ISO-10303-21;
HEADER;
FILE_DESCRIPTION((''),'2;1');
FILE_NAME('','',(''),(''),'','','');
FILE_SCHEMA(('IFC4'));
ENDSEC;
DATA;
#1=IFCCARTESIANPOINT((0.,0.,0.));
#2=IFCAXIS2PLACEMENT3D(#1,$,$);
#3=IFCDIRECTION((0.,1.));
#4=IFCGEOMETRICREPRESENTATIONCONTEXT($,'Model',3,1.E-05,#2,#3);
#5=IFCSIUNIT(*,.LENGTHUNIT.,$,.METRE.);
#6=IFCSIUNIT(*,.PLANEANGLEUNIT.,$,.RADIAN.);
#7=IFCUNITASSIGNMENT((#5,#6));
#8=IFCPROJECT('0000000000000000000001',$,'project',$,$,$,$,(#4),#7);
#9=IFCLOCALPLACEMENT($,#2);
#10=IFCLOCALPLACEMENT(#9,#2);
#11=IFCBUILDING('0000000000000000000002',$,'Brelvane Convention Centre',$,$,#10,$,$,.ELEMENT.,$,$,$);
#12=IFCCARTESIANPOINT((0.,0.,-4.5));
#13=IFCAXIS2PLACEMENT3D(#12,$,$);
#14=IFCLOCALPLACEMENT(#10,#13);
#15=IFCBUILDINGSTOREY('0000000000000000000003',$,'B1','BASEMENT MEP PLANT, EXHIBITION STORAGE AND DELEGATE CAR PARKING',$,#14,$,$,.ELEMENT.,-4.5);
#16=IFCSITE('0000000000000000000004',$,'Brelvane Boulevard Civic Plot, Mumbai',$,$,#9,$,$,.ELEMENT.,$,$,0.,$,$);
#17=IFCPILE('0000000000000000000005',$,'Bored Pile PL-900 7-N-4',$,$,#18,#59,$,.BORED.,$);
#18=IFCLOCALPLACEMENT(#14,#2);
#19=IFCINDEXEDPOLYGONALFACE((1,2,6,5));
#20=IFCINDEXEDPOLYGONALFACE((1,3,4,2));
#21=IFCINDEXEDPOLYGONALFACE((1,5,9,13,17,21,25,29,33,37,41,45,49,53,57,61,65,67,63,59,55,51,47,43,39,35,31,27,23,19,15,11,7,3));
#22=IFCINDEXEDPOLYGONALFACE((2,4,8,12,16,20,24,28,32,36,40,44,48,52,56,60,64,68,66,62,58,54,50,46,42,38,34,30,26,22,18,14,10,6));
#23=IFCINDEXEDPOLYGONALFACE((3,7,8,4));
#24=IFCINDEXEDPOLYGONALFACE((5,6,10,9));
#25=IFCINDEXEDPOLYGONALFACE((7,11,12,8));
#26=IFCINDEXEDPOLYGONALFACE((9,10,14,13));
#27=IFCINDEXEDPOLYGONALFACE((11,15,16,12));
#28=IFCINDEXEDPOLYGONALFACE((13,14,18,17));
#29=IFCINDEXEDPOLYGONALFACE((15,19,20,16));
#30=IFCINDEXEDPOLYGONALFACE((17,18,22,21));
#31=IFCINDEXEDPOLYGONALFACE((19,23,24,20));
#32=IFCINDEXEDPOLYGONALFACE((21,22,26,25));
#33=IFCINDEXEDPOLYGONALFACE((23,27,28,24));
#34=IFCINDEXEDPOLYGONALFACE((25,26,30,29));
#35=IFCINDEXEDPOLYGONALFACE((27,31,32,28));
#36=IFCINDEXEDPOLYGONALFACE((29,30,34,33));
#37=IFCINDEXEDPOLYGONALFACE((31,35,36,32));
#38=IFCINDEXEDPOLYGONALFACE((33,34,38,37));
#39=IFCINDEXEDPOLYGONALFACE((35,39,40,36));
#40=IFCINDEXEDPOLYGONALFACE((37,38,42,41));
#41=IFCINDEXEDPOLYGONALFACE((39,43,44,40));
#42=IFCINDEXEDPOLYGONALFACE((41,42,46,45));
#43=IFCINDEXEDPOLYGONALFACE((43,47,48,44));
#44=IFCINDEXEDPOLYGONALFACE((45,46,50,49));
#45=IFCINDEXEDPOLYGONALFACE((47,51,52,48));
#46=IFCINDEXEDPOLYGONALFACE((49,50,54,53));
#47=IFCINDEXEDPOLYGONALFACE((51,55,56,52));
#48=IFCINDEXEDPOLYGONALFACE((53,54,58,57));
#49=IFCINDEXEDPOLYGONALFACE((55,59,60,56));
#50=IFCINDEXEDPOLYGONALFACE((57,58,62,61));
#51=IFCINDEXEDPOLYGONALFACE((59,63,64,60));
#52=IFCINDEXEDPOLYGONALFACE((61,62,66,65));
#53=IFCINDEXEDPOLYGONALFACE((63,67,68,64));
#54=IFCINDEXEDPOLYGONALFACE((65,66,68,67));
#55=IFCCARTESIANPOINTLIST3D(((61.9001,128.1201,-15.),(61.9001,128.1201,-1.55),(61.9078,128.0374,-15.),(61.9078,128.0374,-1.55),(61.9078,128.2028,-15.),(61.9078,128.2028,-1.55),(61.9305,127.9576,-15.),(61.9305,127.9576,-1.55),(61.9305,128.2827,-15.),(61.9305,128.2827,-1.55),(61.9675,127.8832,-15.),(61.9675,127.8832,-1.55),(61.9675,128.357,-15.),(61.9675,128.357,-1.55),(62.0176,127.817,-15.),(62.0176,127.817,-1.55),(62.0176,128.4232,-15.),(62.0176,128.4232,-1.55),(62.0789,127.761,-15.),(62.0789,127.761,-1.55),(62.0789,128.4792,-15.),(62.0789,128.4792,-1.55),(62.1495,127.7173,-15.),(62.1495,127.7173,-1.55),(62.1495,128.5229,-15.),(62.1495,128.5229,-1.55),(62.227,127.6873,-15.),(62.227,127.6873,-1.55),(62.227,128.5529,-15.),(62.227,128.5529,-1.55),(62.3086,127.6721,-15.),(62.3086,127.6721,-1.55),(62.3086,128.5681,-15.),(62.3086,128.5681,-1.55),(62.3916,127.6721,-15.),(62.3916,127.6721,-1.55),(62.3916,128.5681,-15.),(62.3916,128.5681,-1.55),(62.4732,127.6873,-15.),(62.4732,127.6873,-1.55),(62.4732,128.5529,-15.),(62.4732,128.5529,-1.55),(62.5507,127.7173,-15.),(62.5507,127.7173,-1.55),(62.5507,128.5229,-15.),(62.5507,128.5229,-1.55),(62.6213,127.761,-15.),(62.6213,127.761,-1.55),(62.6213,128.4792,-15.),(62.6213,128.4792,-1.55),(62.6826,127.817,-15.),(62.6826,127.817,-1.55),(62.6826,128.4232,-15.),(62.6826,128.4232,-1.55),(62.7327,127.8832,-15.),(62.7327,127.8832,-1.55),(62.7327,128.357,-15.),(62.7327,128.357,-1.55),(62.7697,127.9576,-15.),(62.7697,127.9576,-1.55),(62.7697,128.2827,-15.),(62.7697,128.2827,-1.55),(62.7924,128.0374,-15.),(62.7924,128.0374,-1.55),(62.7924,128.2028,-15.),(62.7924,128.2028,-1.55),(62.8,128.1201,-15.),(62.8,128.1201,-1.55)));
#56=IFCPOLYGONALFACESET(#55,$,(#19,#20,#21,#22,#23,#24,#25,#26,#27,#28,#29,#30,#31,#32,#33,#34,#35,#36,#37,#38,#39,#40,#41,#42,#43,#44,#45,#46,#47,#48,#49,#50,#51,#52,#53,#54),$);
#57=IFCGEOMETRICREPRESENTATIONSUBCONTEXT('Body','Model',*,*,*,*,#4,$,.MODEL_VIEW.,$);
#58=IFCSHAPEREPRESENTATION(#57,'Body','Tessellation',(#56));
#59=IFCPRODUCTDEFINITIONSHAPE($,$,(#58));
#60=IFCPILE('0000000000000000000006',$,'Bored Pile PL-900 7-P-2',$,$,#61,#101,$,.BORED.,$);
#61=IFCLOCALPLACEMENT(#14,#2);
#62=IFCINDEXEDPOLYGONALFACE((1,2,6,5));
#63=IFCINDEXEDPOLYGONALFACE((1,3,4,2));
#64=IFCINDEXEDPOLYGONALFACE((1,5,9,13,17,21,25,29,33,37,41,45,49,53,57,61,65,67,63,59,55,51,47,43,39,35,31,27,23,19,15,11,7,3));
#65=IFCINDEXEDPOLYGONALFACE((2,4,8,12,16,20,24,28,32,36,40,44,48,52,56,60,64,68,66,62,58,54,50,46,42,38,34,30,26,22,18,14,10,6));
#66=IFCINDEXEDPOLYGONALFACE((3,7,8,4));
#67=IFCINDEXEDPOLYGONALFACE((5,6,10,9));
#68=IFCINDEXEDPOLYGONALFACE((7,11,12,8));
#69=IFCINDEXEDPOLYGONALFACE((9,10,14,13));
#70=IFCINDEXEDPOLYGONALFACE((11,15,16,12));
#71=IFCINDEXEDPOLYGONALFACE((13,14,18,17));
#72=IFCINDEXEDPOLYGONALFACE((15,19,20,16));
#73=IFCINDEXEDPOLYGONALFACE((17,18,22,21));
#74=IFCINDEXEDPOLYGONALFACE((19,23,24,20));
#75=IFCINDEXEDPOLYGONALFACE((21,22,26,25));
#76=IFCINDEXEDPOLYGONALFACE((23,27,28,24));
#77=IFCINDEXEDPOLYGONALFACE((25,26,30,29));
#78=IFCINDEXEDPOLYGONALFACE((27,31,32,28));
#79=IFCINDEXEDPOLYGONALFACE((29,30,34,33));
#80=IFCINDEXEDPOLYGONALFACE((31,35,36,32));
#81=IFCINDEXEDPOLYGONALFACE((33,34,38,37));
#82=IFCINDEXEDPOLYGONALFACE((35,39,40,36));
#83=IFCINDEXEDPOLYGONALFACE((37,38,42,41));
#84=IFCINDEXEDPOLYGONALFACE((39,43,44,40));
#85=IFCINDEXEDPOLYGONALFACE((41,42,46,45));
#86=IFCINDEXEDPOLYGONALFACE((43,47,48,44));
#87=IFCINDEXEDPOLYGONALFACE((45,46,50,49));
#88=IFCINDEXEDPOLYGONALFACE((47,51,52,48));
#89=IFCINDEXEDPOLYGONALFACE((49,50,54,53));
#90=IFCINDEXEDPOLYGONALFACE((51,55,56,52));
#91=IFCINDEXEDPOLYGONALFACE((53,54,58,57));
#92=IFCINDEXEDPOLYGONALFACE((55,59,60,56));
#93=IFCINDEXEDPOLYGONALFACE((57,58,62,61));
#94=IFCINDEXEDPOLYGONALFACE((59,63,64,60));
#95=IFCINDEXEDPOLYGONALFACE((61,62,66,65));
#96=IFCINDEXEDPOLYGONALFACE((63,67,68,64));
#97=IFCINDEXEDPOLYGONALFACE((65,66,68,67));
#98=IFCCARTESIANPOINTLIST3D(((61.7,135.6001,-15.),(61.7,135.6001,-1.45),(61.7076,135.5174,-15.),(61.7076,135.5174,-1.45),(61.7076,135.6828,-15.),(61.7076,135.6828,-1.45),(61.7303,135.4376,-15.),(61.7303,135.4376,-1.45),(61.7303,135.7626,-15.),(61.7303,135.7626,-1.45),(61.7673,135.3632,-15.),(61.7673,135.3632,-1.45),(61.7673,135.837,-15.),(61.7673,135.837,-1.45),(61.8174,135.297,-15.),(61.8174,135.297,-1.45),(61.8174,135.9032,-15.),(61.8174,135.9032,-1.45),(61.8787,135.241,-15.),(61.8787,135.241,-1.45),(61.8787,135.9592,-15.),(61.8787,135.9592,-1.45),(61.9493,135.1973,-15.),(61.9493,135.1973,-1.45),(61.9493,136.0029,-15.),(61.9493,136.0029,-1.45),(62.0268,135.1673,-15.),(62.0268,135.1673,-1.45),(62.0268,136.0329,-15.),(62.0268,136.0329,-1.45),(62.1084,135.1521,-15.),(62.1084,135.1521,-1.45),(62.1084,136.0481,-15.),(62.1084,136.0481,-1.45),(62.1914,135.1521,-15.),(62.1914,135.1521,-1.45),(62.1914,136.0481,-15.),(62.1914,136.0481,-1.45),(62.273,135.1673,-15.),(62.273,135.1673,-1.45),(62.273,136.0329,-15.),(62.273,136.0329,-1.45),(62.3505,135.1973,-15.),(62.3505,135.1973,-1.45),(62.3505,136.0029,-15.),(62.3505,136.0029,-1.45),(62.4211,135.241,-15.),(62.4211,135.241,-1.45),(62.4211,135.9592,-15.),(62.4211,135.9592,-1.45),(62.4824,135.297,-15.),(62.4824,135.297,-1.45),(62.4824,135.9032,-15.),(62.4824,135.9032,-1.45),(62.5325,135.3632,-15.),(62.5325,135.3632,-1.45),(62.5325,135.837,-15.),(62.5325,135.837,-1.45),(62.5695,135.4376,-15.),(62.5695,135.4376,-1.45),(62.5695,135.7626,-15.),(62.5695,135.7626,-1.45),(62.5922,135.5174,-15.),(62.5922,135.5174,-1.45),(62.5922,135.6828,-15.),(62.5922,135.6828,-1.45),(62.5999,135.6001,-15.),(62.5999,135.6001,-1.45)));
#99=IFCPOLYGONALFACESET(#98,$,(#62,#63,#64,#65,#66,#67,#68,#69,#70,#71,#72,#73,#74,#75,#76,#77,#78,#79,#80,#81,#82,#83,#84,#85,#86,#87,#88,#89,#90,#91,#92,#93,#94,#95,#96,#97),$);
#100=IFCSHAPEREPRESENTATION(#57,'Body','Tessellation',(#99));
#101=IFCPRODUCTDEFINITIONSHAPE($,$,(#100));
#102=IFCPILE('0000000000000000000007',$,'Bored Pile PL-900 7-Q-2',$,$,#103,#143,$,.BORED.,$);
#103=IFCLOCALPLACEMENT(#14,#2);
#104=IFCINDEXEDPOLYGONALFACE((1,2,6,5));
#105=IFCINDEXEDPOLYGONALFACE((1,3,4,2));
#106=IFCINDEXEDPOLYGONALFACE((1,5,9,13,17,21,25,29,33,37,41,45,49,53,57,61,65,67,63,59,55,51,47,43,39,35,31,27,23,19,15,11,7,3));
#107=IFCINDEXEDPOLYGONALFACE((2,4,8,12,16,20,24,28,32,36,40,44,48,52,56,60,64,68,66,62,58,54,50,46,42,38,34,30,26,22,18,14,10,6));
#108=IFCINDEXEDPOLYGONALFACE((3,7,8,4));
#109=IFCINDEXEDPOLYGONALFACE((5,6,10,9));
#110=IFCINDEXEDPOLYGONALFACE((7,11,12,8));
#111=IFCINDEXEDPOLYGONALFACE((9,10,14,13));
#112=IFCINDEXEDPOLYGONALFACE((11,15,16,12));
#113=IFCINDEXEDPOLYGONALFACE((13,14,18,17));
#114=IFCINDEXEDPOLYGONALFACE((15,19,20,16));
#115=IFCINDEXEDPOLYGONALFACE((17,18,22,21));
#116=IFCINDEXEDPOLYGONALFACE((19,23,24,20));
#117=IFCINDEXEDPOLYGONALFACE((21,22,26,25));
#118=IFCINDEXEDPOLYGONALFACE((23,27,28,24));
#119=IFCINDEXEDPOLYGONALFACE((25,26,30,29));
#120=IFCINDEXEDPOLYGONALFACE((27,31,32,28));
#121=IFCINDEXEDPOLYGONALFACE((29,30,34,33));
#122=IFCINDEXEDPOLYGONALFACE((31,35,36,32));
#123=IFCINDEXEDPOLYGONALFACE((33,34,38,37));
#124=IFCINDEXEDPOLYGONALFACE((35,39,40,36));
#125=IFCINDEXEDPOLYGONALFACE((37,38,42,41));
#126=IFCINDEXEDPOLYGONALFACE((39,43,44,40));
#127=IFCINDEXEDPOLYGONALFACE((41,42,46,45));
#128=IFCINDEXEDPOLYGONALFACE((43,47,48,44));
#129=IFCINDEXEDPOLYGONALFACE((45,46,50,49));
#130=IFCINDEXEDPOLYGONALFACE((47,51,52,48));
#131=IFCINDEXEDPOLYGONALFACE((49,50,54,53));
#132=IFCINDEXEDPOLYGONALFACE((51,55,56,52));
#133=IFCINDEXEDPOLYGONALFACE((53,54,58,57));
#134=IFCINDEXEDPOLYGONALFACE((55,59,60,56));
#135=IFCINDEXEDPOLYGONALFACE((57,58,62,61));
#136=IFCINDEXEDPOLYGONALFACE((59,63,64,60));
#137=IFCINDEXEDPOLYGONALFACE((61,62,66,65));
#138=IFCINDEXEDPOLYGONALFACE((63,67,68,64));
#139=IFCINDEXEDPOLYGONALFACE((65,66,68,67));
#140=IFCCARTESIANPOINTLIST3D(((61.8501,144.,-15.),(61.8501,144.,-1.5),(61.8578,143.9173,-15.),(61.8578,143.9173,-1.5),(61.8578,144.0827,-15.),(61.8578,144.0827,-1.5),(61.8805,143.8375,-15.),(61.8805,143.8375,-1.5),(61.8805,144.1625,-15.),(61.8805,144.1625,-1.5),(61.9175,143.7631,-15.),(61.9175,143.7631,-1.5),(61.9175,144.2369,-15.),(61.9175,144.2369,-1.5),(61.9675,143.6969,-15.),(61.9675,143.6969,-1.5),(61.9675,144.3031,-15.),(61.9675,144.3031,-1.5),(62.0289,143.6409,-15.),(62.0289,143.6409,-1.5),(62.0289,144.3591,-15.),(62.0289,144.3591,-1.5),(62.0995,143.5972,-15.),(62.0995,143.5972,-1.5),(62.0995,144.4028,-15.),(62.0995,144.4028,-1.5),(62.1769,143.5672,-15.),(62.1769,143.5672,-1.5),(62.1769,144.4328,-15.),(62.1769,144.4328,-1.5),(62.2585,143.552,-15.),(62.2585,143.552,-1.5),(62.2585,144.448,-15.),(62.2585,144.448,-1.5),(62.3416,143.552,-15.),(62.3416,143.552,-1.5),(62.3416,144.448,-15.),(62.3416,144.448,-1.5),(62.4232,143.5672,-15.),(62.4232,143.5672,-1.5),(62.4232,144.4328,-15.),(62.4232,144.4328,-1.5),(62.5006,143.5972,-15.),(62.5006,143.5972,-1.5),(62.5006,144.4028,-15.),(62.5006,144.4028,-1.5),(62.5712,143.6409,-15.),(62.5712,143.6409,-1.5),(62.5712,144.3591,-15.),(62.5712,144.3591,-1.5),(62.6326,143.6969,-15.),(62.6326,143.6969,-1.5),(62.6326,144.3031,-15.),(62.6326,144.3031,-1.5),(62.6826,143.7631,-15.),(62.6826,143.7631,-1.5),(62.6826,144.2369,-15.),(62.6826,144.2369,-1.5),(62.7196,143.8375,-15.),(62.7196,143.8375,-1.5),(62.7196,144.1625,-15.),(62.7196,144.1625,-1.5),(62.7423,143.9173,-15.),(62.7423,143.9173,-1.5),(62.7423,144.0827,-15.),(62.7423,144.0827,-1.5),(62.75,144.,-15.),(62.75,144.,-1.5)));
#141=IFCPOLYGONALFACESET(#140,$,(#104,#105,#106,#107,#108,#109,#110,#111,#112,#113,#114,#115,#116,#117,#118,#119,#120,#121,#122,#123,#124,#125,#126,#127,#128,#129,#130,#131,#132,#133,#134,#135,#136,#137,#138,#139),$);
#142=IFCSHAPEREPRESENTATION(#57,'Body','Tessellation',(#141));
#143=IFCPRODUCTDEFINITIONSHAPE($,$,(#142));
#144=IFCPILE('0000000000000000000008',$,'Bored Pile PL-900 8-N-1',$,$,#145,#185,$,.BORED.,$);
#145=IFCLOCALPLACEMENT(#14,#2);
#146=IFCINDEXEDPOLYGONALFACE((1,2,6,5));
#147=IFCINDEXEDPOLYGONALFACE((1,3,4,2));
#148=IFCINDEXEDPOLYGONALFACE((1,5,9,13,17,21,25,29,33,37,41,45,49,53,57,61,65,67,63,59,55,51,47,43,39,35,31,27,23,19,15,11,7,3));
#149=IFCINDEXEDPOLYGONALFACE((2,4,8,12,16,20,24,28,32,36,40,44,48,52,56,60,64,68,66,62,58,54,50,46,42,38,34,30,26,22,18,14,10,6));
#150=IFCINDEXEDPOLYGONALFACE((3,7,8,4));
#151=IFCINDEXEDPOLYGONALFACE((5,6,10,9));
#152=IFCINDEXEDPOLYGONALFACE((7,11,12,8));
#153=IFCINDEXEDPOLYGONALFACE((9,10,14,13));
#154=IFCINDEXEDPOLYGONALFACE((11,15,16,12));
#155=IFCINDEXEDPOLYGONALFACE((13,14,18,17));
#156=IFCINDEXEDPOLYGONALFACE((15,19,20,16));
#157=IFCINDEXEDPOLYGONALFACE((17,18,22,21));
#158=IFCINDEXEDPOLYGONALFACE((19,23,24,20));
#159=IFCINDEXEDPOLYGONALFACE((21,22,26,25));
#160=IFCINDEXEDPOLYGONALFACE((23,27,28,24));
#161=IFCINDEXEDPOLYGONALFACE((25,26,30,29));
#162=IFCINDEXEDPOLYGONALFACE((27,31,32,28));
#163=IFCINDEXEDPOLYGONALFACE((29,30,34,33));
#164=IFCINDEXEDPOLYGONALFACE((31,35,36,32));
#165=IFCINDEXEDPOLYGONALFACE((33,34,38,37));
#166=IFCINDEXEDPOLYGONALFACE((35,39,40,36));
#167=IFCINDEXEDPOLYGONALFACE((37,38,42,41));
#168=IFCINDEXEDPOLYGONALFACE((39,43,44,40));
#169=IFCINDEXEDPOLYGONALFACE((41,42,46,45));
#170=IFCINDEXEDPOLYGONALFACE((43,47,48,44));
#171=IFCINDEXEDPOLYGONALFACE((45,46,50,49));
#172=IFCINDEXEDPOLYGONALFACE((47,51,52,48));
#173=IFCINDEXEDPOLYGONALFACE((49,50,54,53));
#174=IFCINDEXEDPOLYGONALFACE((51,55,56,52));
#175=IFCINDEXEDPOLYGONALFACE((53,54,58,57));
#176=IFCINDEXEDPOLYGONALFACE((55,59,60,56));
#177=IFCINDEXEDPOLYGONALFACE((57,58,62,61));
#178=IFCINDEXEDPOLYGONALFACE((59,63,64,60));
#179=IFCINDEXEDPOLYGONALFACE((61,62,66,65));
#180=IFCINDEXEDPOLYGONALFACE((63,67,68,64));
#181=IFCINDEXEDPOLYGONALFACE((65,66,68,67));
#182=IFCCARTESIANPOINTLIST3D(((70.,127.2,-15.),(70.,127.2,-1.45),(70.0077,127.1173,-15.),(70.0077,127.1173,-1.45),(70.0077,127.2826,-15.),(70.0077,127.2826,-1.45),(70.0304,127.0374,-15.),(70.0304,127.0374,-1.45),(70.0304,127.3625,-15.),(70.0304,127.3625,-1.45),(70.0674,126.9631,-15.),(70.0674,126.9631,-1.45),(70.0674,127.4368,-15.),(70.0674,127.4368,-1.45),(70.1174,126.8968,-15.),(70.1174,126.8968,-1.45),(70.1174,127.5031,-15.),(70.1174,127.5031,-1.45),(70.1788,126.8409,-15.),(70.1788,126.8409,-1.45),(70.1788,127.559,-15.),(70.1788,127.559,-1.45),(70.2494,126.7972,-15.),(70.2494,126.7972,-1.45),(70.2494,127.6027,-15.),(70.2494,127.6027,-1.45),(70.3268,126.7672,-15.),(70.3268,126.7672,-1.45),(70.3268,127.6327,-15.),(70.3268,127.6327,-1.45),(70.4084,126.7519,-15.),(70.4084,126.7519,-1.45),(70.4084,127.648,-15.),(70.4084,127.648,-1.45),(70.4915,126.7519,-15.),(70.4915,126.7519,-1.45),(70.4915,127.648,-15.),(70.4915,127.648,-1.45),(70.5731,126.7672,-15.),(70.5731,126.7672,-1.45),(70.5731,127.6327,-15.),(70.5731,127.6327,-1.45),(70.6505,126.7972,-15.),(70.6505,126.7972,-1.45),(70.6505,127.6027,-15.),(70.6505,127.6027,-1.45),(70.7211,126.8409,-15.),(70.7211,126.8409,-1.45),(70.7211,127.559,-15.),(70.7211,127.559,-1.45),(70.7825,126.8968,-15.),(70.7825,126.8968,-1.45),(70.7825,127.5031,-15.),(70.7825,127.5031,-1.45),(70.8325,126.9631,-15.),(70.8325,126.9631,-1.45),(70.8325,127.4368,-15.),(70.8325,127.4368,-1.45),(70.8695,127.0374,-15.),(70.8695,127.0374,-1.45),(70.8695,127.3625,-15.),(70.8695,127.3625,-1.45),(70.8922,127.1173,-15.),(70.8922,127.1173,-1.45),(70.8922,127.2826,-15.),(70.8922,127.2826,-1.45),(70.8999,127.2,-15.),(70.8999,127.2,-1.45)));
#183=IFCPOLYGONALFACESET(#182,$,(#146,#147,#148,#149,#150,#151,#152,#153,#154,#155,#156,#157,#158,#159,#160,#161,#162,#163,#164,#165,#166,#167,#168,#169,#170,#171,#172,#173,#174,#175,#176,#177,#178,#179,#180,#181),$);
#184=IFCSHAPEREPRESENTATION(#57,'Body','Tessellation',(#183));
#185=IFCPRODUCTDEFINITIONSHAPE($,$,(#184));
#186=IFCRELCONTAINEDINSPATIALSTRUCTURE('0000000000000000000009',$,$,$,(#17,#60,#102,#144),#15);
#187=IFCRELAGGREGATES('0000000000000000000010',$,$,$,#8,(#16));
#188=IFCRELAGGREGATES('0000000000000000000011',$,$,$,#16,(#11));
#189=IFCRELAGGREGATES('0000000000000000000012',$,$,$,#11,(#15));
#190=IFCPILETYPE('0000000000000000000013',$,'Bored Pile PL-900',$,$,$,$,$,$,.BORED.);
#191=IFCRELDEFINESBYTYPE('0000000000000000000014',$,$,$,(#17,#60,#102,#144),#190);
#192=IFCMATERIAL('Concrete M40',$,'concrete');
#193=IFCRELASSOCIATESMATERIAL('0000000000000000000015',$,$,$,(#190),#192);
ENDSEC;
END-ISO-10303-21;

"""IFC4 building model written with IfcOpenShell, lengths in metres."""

from ifc_helpers import new_model, si_unit, direction, frame, origin, origin_2d, place, context, subcontext, project, spatial, circle, extrude, material, material_profile, profile_set, type_object, element, save


model = new_model("IFC4")

# Units and contexts
model_context = context("Model", 3, precision=1e-05, world=origin(), true_north=direction((0.0, 1.0)))
body_context = subcontext(model_context, "Body", "Model", "MODEL_VIEW")
ifc_project = project(units=[si_unit("LENGTHUNIT", "METRE"), si_unit("PLANEANGLEUNIT", "RADIAN")], contexts=[model_context])

# Site, building, storey
site_placement = place(None, origin())
site = spatial("IfcSite", under=ifc_project, at=site_placement, Name="Brelvane Boulevard Civic Plot, Mumbai", CompositionType="ELEMENT", RefElevation=0.0)
building_placement = place(site_placement, origin())
building = spatial("IfcBuilding", under=site, at=building_placement, Name="Brelvane Convention Centre", CompositionType="ELEMENT")
storey_placement = place(building_placement, frame((0.0, 0.0, -4.5)))
storey = spatial("IfcBuildingStorey", under=building, at=storey_placement, Name="B1", Description="BASEMENT MEP PLANT, EXHIBITION STORAGE AND DELEGATE CAR PARKING", CompositionType="ELEMENT", Elevation=-4.5)

# Piles
ifc_material_1 = material(Name="Concrete M40", Category="concrete")
ifc_material_profile_1 = material_profile(ifc_material_1, circle(Radius=0.45, at=origin_2d()), Name="PILE D900")
ifc_profile_set_1 = profile_set([ifc_material_profile_1], Name="Concrete M40")
pile_type = type_object("IfcPileType", Name="Bored Pile PL-900", PredefinedType="BORED", material=ifc_profile_set_1)
pile_1_placement = place(storey_placement, frame((62.3501, 128.1201, -1.55), z_axis=(0.0, 0.0, -1.0), x_axis=(1.0, 0.0, 0.0)))
element("IfcPile", 1, at=pile_1_placement, inside=storey, type_object=pile_type, Name="Bored Pile PL-900 7-N-4", PredefinedType="BORED", context=body_context, shape_type="SweptSolid", body=[
    extrude(circle(Radius=0.45, at=origin_2d()), origin(), (0.0, 0.0, 1.0), 13.45),
])
pile_2_placement = place(storey_placement, frame((62.1499, 135.6001, -1.45), z_axis=(0.0, 0.0, -1.0), x_axis=(1.0, 0.0, 0.0)))
element("IfcPile", 2, at=pile_2_placement, inside=storey, type_object=pile_type, Name="Bored Pile PL-900 7-P-2", PredefinedType="BORED", context=body_context, shape_type="SweptSolid", body=[
    extrude(circle(Radius=0.45, at=origin_2d()), origin(), (0.0, 0.0, 1.0), 13.55),
])
pile_3_placement = place(storey_placement, frame((62.3, 144.0, -1.5), z_axis=(0.0, 0.0, -1.0), x_axis=(1.0, 0.0, 0.0)))
element("IfcPile", 3, at=pile_3_placement, inside=storey, type_object=pile_type, Name="Bored Pile PL-900 7-Q-2", PredefinedType="BORED", context=body_context, shape_type="SweptSolid", body=[
    extrude(circle(Radius=0.45, at=origin_2d()), origin(), (0.0, 0.0, 1.0), 13.5),
])
for number, where, z_axis, x_axis, name in (
    (4, (70.45, 127.2, -1.45), (0.0, 0.0, -1.0), (1.0, 0.0, 0.0), "Bored Pile PL-900 8-N-1"),
):
    element("IfcPile", number, at=place(storey_placement, frame(where, z_axis=z_axis, x_axis=x_axis)), inside=storey, type_object=pile_type, Name=name, PredefinedType="BORED", context=body_context, shape_type="SweptSolid", body=[
        extrude(circle(Radius=0.45, at=origin_2d()), origin(), (0.0, 0.0, 1.0), 13.55),
    ])

save(model, "model.ifc")
